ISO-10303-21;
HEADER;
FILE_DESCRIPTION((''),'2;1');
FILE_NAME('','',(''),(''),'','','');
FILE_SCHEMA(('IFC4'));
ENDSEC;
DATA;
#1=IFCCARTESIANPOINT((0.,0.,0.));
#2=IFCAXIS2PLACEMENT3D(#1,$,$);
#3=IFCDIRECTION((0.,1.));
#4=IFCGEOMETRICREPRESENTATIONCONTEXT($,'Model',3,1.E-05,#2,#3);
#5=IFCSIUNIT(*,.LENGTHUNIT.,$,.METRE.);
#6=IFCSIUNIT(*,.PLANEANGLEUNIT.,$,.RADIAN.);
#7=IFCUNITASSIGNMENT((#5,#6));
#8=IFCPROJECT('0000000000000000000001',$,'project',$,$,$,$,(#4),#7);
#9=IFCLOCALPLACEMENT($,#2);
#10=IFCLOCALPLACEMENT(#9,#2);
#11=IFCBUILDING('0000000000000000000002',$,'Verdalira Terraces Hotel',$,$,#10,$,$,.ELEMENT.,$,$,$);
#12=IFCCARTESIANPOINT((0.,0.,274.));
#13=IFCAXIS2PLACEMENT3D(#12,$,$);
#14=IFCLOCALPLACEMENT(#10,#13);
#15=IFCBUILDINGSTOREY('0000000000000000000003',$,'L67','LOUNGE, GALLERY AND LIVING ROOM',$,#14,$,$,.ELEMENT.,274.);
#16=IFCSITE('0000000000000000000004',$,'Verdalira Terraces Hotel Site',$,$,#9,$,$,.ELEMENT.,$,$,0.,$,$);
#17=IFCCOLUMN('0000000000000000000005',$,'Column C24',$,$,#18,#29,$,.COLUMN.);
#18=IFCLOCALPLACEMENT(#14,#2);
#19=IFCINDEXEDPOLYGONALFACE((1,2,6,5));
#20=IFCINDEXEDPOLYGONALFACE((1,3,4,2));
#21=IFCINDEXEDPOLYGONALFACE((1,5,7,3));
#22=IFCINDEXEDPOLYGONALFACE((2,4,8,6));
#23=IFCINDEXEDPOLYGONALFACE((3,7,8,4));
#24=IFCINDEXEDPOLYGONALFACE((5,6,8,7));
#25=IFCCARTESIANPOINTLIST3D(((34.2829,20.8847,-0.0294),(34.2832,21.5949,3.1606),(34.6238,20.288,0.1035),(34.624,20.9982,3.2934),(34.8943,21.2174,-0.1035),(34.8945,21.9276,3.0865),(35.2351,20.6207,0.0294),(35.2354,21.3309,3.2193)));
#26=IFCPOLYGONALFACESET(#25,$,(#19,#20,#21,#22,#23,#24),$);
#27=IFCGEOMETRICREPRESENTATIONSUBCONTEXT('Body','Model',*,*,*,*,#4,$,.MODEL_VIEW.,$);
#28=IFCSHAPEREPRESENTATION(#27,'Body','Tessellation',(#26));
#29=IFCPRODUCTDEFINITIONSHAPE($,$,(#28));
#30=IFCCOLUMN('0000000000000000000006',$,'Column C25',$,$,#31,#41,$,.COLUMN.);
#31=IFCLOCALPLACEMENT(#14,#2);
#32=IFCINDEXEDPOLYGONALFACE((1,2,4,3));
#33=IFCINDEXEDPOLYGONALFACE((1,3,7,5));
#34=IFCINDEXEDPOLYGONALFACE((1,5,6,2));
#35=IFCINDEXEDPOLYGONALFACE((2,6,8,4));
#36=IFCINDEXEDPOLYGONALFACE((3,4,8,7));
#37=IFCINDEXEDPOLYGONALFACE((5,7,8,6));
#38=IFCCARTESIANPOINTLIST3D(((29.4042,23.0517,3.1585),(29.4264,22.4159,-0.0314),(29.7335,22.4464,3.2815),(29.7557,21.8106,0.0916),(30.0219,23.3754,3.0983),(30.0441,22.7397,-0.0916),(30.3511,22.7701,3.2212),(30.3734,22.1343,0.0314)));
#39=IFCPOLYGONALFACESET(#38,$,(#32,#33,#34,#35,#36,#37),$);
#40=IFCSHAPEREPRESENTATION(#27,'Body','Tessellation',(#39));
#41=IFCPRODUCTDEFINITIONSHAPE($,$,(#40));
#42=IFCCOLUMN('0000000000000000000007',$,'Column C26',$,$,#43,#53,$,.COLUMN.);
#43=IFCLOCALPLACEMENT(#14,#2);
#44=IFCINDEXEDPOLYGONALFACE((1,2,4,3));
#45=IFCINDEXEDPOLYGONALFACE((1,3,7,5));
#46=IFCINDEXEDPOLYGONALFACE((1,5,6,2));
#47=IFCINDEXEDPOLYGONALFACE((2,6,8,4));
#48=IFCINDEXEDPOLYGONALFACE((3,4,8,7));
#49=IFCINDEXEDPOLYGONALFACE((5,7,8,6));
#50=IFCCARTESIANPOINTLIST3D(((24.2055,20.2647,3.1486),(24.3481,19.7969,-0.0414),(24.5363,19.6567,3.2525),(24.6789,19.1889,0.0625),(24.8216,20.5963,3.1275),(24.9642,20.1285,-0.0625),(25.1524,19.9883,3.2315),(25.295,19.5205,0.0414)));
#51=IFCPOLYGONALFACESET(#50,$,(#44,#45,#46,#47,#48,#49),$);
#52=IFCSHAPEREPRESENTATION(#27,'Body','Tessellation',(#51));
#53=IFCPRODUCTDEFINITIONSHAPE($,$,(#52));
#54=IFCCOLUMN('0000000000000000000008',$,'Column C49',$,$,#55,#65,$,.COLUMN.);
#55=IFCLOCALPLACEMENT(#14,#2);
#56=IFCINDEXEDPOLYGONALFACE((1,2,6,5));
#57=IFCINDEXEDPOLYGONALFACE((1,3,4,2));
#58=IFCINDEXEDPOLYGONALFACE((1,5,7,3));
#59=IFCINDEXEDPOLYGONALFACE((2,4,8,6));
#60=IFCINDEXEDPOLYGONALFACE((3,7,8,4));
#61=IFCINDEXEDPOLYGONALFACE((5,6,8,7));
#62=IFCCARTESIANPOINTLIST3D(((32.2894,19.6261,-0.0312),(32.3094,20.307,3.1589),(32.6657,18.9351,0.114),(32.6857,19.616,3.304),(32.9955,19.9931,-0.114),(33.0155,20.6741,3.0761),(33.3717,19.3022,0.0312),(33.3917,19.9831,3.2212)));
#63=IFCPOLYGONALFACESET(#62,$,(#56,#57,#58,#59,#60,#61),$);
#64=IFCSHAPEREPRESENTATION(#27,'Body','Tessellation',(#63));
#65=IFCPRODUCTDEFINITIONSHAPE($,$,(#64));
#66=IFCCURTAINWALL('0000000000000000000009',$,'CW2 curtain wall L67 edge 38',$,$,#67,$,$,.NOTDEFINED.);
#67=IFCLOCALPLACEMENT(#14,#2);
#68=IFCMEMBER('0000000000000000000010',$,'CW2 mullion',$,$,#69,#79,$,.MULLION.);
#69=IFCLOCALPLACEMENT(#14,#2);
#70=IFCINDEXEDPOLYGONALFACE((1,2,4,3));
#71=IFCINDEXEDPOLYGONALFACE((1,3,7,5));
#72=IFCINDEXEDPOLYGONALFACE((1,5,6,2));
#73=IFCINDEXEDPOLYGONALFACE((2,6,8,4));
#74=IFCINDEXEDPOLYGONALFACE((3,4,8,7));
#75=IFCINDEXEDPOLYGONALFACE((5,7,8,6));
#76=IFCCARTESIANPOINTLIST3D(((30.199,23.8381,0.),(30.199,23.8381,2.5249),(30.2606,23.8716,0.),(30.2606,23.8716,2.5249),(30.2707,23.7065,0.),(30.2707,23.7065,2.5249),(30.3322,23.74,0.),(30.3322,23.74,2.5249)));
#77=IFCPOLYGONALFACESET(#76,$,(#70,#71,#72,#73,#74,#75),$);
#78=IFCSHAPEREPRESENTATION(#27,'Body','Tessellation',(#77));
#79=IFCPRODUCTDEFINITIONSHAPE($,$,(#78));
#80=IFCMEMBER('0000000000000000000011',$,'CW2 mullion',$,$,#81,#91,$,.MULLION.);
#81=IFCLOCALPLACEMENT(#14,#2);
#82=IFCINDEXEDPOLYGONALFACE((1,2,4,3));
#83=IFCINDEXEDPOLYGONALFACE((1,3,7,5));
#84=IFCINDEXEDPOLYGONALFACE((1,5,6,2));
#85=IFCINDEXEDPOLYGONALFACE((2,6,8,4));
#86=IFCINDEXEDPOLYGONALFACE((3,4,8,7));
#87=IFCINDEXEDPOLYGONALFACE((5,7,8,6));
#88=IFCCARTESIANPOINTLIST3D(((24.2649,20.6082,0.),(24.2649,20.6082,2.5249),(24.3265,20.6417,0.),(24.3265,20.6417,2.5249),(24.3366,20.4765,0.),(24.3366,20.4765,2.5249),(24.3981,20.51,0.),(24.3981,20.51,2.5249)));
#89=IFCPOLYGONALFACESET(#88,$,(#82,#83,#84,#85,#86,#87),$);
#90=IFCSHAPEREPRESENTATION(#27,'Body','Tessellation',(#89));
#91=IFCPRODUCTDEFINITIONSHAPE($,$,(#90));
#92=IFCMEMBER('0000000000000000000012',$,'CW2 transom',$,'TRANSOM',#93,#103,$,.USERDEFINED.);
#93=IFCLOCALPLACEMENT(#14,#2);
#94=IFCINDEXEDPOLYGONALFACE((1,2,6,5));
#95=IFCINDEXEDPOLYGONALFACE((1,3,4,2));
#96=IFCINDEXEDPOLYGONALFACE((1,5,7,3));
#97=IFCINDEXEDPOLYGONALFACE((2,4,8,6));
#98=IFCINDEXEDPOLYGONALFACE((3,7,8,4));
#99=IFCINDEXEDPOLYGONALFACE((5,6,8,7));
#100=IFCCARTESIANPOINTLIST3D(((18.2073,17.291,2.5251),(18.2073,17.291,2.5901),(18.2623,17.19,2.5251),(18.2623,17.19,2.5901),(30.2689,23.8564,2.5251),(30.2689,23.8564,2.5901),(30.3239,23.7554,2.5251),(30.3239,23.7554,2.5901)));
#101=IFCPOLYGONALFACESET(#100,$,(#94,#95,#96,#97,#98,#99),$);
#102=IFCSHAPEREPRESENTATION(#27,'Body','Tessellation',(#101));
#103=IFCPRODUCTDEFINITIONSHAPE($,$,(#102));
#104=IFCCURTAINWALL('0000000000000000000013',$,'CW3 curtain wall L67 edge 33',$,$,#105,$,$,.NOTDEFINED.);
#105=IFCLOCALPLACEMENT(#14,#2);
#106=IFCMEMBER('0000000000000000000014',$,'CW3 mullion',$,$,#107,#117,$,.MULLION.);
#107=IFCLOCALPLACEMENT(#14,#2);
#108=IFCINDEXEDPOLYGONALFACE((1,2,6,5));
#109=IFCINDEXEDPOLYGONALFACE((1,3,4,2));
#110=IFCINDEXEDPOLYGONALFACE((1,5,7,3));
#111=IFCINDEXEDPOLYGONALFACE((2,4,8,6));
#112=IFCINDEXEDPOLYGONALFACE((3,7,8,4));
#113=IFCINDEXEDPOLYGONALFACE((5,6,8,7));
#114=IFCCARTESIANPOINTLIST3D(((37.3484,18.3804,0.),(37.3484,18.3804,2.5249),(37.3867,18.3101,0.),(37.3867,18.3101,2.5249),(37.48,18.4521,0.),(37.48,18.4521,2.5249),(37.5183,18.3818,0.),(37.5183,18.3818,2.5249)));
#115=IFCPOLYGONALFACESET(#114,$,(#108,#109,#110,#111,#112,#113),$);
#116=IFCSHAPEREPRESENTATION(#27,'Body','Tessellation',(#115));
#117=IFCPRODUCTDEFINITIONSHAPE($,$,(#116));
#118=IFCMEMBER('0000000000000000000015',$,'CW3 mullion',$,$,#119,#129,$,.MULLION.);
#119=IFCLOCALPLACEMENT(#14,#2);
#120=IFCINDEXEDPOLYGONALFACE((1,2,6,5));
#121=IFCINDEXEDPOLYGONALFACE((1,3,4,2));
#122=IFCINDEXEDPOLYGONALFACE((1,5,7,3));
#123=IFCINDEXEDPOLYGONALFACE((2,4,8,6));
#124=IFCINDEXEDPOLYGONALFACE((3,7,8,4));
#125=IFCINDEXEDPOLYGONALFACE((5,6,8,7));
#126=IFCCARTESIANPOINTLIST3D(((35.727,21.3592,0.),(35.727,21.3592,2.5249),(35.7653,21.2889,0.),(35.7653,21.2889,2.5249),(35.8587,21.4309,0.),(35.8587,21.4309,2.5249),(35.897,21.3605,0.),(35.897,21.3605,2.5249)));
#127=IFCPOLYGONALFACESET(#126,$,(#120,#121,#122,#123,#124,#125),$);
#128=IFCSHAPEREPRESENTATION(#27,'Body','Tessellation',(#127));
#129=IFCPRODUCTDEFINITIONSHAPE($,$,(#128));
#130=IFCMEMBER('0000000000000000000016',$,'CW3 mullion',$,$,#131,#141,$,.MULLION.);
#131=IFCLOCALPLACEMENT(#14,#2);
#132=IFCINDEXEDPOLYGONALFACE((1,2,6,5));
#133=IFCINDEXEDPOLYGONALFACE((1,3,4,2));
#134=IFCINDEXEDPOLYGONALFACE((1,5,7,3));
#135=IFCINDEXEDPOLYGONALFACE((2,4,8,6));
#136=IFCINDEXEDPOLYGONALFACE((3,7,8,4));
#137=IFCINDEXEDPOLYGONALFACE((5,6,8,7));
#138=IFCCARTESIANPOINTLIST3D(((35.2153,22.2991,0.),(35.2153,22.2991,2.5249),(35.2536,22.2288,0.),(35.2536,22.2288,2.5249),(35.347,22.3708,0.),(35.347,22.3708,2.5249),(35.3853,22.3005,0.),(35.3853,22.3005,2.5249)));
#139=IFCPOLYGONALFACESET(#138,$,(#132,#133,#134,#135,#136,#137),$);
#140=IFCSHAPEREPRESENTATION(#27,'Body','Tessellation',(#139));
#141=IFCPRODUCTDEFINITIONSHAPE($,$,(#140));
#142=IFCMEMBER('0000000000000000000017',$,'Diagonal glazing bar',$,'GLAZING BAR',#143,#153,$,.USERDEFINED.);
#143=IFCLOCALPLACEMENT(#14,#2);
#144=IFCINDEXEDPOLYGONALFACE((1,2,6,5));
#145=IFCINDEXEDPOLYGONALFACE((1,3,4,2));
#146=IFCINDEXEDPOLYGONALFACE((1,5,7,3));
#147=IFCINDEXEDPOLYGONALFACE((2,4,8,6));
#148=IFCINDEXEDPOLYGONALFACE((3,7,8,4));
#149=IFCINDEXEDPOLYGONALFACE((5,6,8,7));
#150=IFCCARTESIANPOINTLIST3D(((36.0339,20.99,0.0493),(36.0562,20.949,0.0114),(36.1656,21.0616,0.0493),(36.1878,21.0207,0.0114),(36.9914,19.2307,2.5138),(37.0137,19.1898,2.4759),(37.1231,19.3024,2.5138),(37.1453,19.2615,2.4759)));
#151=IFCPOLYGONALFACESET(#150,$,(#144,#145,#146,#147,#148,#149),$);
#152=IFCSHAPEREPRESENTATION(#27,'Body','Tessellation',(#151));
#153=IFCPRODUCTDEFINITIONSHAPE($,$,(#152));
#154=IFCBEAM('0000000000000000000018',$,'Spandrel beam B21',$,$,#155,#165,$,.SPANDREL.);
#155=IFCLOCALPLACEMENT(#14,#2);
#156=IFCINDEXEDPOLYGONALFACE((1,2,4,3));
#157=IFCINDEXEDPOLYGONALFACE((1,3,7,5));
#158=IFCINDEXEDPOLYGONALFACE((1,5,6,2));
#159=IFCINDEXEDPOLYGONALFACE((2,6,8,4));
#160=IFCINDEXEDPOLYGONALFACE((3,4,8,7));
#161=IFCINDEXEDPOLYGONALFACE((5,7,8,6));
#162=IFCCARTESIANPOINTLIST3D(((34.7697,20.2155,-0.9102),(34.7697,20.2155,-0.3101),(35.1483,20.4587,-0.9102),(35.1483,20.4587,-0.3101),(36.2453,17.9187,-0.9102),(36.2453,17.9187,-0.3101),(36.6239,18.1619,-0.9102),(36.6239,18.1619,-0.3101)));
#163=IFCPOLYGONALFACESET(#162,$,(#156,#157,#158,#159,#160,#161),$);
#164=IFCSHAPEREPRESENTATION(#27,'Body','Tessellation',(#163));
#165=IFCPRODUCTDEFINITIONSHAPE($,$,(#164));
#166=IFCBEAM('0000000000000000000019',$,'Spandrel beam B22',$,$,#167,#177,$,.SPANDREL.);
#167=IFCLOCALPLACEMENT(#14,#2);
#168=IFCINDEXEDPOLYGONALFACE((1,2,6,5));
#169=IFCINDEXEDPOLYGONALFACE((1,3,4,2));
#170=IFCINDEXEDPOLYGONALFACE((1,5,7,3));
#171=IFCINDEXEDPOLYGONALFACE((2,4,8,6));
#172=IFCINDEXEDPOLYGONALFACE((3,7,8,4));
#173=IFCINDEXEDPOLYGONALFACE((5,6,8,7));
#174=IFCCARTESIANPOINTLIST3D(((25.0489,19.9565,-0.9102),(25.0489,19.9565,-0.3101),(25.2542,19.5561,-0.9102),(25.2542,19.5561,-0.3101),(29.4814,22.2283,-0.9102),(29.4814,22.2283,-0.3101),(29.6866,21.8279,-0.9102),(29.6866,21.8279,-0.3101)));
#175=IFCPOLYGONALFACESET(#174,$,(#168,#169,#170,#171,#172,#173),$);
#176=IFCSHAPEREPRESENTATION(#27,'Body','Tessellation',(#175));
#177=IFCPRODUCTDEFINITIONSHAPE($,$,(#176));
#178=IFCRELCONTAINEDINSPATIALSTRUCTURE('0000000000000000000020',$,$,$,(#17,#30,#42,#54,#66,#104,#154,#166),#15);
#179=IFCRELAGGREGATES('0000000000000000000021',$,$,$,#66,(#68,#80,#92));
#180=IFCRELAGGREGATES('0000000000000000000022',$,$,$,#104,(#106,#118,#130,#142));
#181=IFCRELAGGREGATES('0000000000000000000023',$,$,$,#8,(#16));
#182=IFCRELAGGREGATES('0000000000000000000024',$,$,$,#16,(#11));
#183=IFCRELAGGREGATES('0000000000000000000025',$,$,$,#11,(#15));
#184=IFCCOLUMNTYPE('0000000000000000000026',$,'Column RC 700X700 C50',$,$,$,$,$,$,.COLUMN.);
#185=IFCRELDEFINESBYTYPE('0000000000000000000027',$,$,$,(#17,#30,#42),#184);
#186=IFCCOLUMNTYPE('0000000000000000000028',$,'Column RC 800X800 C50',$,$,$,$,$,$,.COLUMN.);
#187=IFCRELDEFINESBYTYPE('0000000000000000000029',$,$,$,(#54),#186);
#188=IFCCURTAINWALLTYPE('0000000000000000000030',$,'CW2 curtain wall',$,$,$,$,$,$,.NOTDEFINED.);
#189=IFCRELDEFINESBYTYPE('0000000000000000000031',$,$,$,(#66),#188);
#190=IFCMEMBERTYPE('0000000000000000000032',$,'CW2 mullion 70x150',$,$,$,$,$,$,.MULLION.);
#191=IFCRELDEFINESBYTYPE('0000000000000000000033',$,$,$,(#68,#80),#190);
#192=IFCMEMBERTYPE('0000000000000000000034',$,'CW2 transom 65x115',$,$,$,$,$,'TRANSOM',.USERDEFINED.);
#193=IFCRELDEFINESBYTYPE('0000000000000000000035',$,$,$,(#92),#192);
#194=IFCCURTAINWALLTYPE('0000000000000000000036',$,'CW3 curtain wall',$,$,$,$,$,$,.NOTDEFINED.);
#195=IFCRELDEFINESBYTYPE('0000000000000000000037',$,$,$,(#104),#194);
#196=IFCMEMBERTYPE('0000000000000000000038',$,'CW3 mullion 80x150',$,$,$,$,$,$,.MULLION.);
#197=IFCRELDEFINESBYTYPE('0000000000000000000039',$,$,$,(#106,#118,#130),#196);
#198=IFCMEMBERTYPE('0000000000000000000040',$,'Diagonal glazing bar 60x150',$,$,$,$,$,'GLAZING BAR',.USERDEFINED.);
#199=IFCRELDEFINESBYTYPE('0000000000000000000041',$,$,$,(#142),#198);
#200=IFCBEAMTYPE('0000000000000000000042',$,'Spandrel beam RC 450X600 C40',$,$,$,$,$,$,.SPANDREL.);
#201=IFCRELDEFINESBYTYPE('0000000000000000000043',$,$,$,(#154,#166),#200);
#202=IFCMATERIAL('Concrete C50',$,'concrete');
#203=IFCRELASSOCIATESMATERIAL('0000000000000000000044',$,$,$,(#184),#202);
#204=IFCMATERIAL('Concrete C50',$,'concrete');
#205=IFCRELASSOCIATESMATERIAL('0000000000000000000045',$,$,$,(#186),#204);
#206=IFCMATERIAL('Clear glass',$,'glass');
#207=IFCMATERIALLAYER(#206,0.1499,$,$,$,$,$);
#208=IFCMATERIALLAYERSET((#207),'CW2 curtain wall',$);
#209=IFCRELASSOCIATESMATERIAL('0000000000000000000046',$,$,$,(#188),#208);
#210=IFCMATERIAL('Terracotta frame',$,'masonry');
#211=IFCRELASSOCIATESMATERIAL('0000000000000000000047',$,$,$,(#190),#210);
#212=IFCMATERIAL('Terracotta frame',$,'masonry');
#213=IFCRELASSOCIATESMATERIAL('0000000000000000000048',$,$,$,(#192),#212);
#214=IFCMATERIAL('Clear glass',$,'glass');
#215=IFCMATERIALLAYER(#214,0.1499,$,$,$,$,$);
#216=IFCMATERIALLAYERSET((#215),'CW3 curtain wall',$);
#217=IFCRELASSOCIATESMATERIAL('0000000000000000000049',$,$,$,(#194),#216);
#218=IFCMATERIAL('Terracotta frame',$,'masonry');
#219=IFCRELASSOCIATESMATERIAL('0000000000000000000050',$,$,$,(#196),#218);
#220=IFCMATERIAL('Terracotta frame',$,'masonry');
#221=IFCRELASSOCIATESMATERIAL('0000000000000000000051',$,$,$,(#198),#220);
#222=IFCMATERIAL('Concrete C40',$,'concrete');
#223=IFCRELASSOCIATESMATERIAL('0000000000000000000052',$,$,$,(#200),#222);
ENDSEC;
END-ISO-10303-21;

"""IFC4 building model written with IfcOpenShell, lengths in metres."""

from ifc_helpers import new_model, si_unit, direction, frame, origin, origin_2d, place, context, subcontext, project, spatial, rectangle, extrude, material, layer, layer_set, material_profile, profile_set, type_object, element, aggregate, save


model = new_model("IFC4")

# Units and contexts
model_context = context("Model", 3, precision=1e-05, world=origin(), true_north=direction((0.0, 1.0)))
body_context = subcontext(model_context, "Body", "Model", "MODEL_VIEW")
ifc_project = project(units=[si_unit("LENGTHUNIT", "METRE"), si_unit("PLANEANGLEUNIT", "RADIAN")], contexts=[model_context])

# Site, building, storey
site_placement = place(None, origin())
site = spatial("IfcSite", under=ifc_project, at=site_placement, Name="Verdalira Terraces Hotel Site", CompositionType="ELEMENT", RefElevation=0.0)
building_placement = place(site_placement, origin())
building = spatial("IfcBuilding", under=site, at=building_placement, Name="Verdalira Terraces Hotel", CompositionType="ELEMENT")
storey_placement = place(building_placement, frame((0.0, 0.0, 274.0)))
storey = spatial("IfcBuildingStorey", under=building, at=storey_placement, Name="L67", Description="LOUNGE, GALLERY AND LIVING ROOM", CompositionType="ELEMENT", Elevation=274.0)

# Columns
ifc_material_1 = material(Name="Concrete C50", Category="concrete")
ifc_material_profile_1 = material_profile(ifc_material_1, rectangle(XDim=0.7, YDim=0.7, at=origin_2d()), Name="RC 700X700")
ifc_profile_set_1 = profile_set([ifc_material_profile_1], Name="Concrete C50")
column_type_1 = type_object("IfcColumnType", Name="Column RC 700X700 C50", PredefinedType="COLUMN", material=ifc_profile_set_1)
column_1_placement = place(storey_placement, frame((34.759, 20.7527, 0.0), z_axis=(0.000075, 0.217318, 0.976101), x_axis=(-0.486995, 0.852539, -0.189771)))
element("IfcColumn", 1, at=column_1_placement, inside=storey, type_object=column_type_1, Name="Column C24", PredefinedType="COLUMN", context=body_context, shape_type="SweptSolid", body=[
    extrude(rectangle(XDim=0.7, YDim=0.7, at=origin_2d()), origin(), (0.0, 0.0, 1.0), 3.2681),
])
column_2_placement = place(storey_placement, frame((29.8999, 22.2751, 0.0), z_axis=(-0.00683, 0.195448, 0.98069), x_axis=(-0.882439, -0.462493, 0.086027)))
element("IfcColumn", 2, at=column_2_placement, inside=storey, type_object=column_type_1, Name="Column C25", PredefinedType="COLUMN", context=body_context, shape_type="SweptSolid", body=[
    extrude(rectangle(XDim=0.7, YDim=0.7, at=origin_2d()), origin(), (0.0, 0.0, 1.0), 3.2527),
])
column_3_placement = place(storey_placement, frame((24.8215, 19.6587, 0.0), z_axis=(-0.04418, 0.144947, 0.988453), x_axis=(-0.880149, -0.473741, 0.03013)))
element("IfcColumn", 3, at=column_3_placement, inside=storey, type_object=column_type_1, Name="Column C26", PredefinedType="COLUMN", context=body_context, shape_type="SweptSolid", body=[
    extrude(rectangle(XDim=0.7, YDim=0.7, at=origin_2d()), origin(), (0.0, 0.0, 1.0), 3.2273),
])
ifc_material_2 = material(Name="Concrete C50", Category="concrete")
ifc_material_profile_2 = material_profile(ifc_material_2, rectangle(XDim=0.8, YDim=0.8, at=origin_2d()), Name="RC 800X800")
ifc_profile_set_2 = profile_set([ifc_material_profile_2], Name="Concrete C50")
column_type_2 = type_object("IfcColumnType", Name="Column RC 800X800 C50", PredefinedType="COLUMN", material=ifc_profile_set_2)
column_4_placement = place(storey_placement, frame((32.8306, 19.4641, 0.0), z_axis=(0.006137, 0.208748, 0.97795), x_axis=(0.882491, 0.458806, -0.103473)))
element("IfcColumn", 4, at=column_4_placement, inside=storey, type_object=column_type_2, Name="Column C49", PredefinedType="COLUMN", context=body_context, shape_type="SweptSolid", body=[
    extrude(rectangle(XDim=0.8, YDim=0.8, at=origin_2d()), origin(), (0.0, 0.0, 1.0), 3.262),
])

# Curtain walls, members
ifc_material_3 = material(Name="Clear glass", Category="glass")
ifc_layer_1 = layer(ifc_material_3, 0.1499)
ifc_layer_set_1 = layer_set([ifc_layer_1], Name="CW2 curtain wall")
curtain_wall_type_1 = type_object("IfcCurtainWallType", Name="CW2 curtain wall", PredefinedType="NOTDEFINED", material=ifc_layer_set_1)
curtain_wall_1_placement = place(storey_placement, origin())
curtain_wall_1 = element("IfcCurtainWall", 5, at=curtain_wall_1_placement, inside=storey, type_object=curtain_wall_type_1, Name="CW2 curtain wall L67 edge 38", PredefinedType="NOTDEFINED")
ifc_material_4 = material(Name="Terracotta frame", Category="masonry")
ifc_material_profile_3 = material_profile(ifc_material_4, rectangle(XDim=0.0701, YDim=0.1499, at=origin_2d()), Name="MU 70x150")
ifc_profile_set_3 = profile_set([ifc_material_profile_3], Name="Terracotta frame")
member_type_1 = type_object("IfcMemberType", Name="CW2 mullion 70x150", PredefinedType="MULLION", material=ifc_profile_set_3)
member_1_placement = place(storey_placement, frame((30.2656, 23.7891, 0.0), z_axis=(0.0, 0.0, 1.0), x_axis=(-0.878317, -0.478079, 0.0)))
member_1 = element("IfcMember", 6, at=member_1_placement, type_object=member_type_1, Name="CW2 mullion", PredefinedType="MULLION", context=body_context, shape_type="SweptSolid", body=[
    extrude(rectangle(XDim=0.0701, YDim=0.1499, at=origin_2d()), origin(), (0.0, 0.0, 1.0), 2.5249),
])
member_2_placement = place(storey_placement, frame((24.3315, 20.5591, 0.0), z_axis=(0.0, 0.0, 1.0), x_axis=(-0.878317, -0.478079, 0.0)))
member_2 = element("IfcMember", 7, at=member_2_placement, type_object=member_type_1, Name="CW2 mullion", PredefinedType="MULLION", context=body_context, shape_type="SweptSolid", body=[
    extrude(rectangle(XDim=0.0701, YDim=0.1499, at=origin_2d()), origin(), (0.0, 0.0, 1.0), 2.5249),
])
ifc_material_5 = material(Name="Terracotta frame", Category="masonry")
ifc_material_profile_4 = material_profile(ifc_material_5, rectangle(XDim=0.115, YDim=0.0649, at=origin_2d()), Name="TR 65x115")
ifc_profile_set_4 = profile_set([ifc_material_profile_4], Name="Terracotta frame")
member_type_2 = type_object("IfcMemberType", Name="CW2 transom 65x115", ElementType="TRANSOM", PredefinedType="USERDEFINED", material=ifc_profile_set_4)
member_3_placement = place(storey_placement, frame((30.2964, 23.8059, 2.5576), z_axis=(-0.878311, -0.47809, 0.0), x_axis=(0.47809, -0.878311, 0.0)))
member_3 = element("IfcMember", 8, at=member_3_placement, type_object=member_type_2, Name="CW2 transom", ObjectType="TRANSOM", PredefinedType="USERDEFINED", context=body_context, shape_type="SweptSolid", body=[
    extrude(rectangle(XDim=0.115, YDim=0.0649, at=origin_2d()), origin(), (0.0, 0.0, 1.0), 13.7327),
])
ifc_material_6 = material(Name="Clear glass", Category="glass")
ifc_layer_2 = layer(ifc_material_6, 0.1499)
ifc_layer_set_2 = layer_set([ifc_layer_2], Name="CW3 curtain wall")
curtain_wall_type_2 = type_object("IfcCurtainWallType", Name="CW3 curtain wall", PredefinedType="NOTDEFINED", material=ifc_layer_set_2)
curtain_wall_2_placement = place(storey_placement, origin())
curtain_wall_2 = element("IfcCurtainWall", 9, at=curtain_wall_2_placement, inside=storey, type_object=curtain_wall_type_2, Name="CW3 curtain wall L67 edge 33", PredefinedType="NOTDEFINED")
ifc_material_7 = material(Name="Terracotta frame", Category="masonry")
ifc_material_profile_5 = material_profile(ifc_material_7, rectangle(XDim=0.0801, YDim=0.1499, at=origin_2d()), Name="MU 80x150")
ifc_profile_set_5 = profile_set([ifc_material_profile_5], Name="Terracotta frame")
member_type_3 = type_object("IfcMemberType", Name="CW3 mullion 80x150", PredefinedType="MULLION", material=ifc_profile_set_5)
member_4_placement = place(storey_placement, frame((37.4333, 18.3811, 0.0), z_axis=(0.0, 0.0, 1.0), x_axis=(-0.478079, 0.878317, 0.0)))
member_4 = element("IfcMember", 10, at=member_4_placement, type_object=member_type_3, Name="CW3 mullion", PredefinedType="MULLION", context=body_context, shape_type="SweptSolid", body=[
    extrude(rectangle(XDim=0.0801, YDim=0.1499, at=origin_2d()), origin(), (0.0, 0.0, 1.0), 2.5249),
])
member_5_placement = place(storey_placement, frame((35.812, 21.3599, 0.0), z_axis=(0.0, 0.0, 1.0), x_axis=(-0.478079, 0.878317, 0.0)))
member_5 = element("IfcMember", 11, at=member_5_placement, type_object=member_type_3, Name="CW3 mullion", PredefinedType="MULLION", context=body_context, shape_type="SweptSolid", body=[
    extrude(rectangle(XDim=0.0801, YDim=0.1499, at=origin_2d()), origin(), (0.0, 0.0, 1.0), 2.5249),
])
member_6_placement = place(storey_placement, frame((35.3003, 22.2998, 0.0), z_axis=(0.0, 0.0, 1.0), x_axis=(-0.478079, 0.878317, 0.0)))
member_6 = element("IfcMember", 12, at=member_6_placement, type_object=member_type_3, Name="CW3 mullion", PredefinedType="MULLION", context=body_context, shape_type="SweptSolid", body=[
    extrude(rectangle(XDim=0.0801, YDim=0.1499, at=origin_2d()), origin(), (0.0, 0.0, 1.0), 2.5249),
])
ifc_material_8 = material(Name="Terracotta frame", Category="masonry")
ifc_material_profile_6 = material_profile(ifc_material_8, rectangle(XDim=0.1499, YDim=0.0601, at=origin_2d()), Name="GB 60x150")
ifc_profile_set_6 = profile_set([ifc_material_profile_6], Name="Terracotta frame")
member_type_4 = type_object("IfcMemberType", Name="Diagonal glazing bar 60x150", ElementType="GLAZING BAR", PredefinedType="USERDEFINED", material=ifc_profile_set_6)
member_7_placement = place(storey_placement, frame((37.0684, 19.2461, 2.4949), z_axis=(-0.301498, 0.553951, -0.776039), x_axis=(-0.878333, -0.478049, 0.0)))
member_7 = element("IfcMember", 13, at=member_7_placement, type_object=member_type_4, Name="Diagonal glazing bar", ObjectType="GLAZING BAR", PredefinedType="USERDEFINED", context=body_context, shape_type="SweptSolid", body=[
    extrude(rectangle(XDim=0.1499, YDim=0.0601, at=origin_2d()), origin(), (0.0, 0.0, 1.0), 3.1758),
])

# Beams
ifc_material_9 = material(Name="Concrete C40", Category="concrete")
ifc_material_profile_7 = material_profile(ifc_material_9, rectangle(XDim=0.45, YDim=0.6001, at=origin_2d()), Name="RC 450X600")
ifc_profile_set_7 = profile_set([ifc_material_profile_7], Name="Concrete C40")
beam_type = type_object("IfcBeamType", Name="Spandrel beam RC 450X600 C40", PredefinedType="SPANDREL", material=ifc_profile_set_7)
beam_1_placement = place(storey_placement, frame((36.4346, 18.0403, -0.6101), z_axis=(-0.540504, 0.841341, 0.0), x_axis=(-0.841341, -0.540504, 0.0)))
element("IfcBeam", 14, at=beam_1_placement, inside=storey, type_object=beam_type, Name="Spandrel beam B21", PredefinedType="SPANDREL", context=body_context, shape_type="SweptSolid", body=[
    extrude(rectangle(XDim=0.45, YDim=0.6001, at=origin_2d()), origin(), (0.0, 0.0, 1.0), 2.73),
])
beam_2_placement = place(storey_placement, frame((29.584, 22.0281, -0.6101), z_axis=(-0.889922, -0.456113, 0.0), x_axis=(0.456113, -0.889922, 0.0)))
element("IfcBeam", 15, at=beam_2_placement, inside=storey, type_object=beam_type, Name="Spandrel beam B22", PredefinedType="SPANDREL", context=body_context, shape_type="SweptSolid", body=[
    extrude(rectangle(XDim=0.45, YDim=0.6001, at=origin_2d()), origin(), (0.0, 0.0, 1.0), 4.9807),
])

aggregate(curtain_wall_1, [member_1, member_2, member_3])
aggregate(curtain_wall_2, [member_4, member_5, member_6, member_7])

save(model, "model.ifc")
